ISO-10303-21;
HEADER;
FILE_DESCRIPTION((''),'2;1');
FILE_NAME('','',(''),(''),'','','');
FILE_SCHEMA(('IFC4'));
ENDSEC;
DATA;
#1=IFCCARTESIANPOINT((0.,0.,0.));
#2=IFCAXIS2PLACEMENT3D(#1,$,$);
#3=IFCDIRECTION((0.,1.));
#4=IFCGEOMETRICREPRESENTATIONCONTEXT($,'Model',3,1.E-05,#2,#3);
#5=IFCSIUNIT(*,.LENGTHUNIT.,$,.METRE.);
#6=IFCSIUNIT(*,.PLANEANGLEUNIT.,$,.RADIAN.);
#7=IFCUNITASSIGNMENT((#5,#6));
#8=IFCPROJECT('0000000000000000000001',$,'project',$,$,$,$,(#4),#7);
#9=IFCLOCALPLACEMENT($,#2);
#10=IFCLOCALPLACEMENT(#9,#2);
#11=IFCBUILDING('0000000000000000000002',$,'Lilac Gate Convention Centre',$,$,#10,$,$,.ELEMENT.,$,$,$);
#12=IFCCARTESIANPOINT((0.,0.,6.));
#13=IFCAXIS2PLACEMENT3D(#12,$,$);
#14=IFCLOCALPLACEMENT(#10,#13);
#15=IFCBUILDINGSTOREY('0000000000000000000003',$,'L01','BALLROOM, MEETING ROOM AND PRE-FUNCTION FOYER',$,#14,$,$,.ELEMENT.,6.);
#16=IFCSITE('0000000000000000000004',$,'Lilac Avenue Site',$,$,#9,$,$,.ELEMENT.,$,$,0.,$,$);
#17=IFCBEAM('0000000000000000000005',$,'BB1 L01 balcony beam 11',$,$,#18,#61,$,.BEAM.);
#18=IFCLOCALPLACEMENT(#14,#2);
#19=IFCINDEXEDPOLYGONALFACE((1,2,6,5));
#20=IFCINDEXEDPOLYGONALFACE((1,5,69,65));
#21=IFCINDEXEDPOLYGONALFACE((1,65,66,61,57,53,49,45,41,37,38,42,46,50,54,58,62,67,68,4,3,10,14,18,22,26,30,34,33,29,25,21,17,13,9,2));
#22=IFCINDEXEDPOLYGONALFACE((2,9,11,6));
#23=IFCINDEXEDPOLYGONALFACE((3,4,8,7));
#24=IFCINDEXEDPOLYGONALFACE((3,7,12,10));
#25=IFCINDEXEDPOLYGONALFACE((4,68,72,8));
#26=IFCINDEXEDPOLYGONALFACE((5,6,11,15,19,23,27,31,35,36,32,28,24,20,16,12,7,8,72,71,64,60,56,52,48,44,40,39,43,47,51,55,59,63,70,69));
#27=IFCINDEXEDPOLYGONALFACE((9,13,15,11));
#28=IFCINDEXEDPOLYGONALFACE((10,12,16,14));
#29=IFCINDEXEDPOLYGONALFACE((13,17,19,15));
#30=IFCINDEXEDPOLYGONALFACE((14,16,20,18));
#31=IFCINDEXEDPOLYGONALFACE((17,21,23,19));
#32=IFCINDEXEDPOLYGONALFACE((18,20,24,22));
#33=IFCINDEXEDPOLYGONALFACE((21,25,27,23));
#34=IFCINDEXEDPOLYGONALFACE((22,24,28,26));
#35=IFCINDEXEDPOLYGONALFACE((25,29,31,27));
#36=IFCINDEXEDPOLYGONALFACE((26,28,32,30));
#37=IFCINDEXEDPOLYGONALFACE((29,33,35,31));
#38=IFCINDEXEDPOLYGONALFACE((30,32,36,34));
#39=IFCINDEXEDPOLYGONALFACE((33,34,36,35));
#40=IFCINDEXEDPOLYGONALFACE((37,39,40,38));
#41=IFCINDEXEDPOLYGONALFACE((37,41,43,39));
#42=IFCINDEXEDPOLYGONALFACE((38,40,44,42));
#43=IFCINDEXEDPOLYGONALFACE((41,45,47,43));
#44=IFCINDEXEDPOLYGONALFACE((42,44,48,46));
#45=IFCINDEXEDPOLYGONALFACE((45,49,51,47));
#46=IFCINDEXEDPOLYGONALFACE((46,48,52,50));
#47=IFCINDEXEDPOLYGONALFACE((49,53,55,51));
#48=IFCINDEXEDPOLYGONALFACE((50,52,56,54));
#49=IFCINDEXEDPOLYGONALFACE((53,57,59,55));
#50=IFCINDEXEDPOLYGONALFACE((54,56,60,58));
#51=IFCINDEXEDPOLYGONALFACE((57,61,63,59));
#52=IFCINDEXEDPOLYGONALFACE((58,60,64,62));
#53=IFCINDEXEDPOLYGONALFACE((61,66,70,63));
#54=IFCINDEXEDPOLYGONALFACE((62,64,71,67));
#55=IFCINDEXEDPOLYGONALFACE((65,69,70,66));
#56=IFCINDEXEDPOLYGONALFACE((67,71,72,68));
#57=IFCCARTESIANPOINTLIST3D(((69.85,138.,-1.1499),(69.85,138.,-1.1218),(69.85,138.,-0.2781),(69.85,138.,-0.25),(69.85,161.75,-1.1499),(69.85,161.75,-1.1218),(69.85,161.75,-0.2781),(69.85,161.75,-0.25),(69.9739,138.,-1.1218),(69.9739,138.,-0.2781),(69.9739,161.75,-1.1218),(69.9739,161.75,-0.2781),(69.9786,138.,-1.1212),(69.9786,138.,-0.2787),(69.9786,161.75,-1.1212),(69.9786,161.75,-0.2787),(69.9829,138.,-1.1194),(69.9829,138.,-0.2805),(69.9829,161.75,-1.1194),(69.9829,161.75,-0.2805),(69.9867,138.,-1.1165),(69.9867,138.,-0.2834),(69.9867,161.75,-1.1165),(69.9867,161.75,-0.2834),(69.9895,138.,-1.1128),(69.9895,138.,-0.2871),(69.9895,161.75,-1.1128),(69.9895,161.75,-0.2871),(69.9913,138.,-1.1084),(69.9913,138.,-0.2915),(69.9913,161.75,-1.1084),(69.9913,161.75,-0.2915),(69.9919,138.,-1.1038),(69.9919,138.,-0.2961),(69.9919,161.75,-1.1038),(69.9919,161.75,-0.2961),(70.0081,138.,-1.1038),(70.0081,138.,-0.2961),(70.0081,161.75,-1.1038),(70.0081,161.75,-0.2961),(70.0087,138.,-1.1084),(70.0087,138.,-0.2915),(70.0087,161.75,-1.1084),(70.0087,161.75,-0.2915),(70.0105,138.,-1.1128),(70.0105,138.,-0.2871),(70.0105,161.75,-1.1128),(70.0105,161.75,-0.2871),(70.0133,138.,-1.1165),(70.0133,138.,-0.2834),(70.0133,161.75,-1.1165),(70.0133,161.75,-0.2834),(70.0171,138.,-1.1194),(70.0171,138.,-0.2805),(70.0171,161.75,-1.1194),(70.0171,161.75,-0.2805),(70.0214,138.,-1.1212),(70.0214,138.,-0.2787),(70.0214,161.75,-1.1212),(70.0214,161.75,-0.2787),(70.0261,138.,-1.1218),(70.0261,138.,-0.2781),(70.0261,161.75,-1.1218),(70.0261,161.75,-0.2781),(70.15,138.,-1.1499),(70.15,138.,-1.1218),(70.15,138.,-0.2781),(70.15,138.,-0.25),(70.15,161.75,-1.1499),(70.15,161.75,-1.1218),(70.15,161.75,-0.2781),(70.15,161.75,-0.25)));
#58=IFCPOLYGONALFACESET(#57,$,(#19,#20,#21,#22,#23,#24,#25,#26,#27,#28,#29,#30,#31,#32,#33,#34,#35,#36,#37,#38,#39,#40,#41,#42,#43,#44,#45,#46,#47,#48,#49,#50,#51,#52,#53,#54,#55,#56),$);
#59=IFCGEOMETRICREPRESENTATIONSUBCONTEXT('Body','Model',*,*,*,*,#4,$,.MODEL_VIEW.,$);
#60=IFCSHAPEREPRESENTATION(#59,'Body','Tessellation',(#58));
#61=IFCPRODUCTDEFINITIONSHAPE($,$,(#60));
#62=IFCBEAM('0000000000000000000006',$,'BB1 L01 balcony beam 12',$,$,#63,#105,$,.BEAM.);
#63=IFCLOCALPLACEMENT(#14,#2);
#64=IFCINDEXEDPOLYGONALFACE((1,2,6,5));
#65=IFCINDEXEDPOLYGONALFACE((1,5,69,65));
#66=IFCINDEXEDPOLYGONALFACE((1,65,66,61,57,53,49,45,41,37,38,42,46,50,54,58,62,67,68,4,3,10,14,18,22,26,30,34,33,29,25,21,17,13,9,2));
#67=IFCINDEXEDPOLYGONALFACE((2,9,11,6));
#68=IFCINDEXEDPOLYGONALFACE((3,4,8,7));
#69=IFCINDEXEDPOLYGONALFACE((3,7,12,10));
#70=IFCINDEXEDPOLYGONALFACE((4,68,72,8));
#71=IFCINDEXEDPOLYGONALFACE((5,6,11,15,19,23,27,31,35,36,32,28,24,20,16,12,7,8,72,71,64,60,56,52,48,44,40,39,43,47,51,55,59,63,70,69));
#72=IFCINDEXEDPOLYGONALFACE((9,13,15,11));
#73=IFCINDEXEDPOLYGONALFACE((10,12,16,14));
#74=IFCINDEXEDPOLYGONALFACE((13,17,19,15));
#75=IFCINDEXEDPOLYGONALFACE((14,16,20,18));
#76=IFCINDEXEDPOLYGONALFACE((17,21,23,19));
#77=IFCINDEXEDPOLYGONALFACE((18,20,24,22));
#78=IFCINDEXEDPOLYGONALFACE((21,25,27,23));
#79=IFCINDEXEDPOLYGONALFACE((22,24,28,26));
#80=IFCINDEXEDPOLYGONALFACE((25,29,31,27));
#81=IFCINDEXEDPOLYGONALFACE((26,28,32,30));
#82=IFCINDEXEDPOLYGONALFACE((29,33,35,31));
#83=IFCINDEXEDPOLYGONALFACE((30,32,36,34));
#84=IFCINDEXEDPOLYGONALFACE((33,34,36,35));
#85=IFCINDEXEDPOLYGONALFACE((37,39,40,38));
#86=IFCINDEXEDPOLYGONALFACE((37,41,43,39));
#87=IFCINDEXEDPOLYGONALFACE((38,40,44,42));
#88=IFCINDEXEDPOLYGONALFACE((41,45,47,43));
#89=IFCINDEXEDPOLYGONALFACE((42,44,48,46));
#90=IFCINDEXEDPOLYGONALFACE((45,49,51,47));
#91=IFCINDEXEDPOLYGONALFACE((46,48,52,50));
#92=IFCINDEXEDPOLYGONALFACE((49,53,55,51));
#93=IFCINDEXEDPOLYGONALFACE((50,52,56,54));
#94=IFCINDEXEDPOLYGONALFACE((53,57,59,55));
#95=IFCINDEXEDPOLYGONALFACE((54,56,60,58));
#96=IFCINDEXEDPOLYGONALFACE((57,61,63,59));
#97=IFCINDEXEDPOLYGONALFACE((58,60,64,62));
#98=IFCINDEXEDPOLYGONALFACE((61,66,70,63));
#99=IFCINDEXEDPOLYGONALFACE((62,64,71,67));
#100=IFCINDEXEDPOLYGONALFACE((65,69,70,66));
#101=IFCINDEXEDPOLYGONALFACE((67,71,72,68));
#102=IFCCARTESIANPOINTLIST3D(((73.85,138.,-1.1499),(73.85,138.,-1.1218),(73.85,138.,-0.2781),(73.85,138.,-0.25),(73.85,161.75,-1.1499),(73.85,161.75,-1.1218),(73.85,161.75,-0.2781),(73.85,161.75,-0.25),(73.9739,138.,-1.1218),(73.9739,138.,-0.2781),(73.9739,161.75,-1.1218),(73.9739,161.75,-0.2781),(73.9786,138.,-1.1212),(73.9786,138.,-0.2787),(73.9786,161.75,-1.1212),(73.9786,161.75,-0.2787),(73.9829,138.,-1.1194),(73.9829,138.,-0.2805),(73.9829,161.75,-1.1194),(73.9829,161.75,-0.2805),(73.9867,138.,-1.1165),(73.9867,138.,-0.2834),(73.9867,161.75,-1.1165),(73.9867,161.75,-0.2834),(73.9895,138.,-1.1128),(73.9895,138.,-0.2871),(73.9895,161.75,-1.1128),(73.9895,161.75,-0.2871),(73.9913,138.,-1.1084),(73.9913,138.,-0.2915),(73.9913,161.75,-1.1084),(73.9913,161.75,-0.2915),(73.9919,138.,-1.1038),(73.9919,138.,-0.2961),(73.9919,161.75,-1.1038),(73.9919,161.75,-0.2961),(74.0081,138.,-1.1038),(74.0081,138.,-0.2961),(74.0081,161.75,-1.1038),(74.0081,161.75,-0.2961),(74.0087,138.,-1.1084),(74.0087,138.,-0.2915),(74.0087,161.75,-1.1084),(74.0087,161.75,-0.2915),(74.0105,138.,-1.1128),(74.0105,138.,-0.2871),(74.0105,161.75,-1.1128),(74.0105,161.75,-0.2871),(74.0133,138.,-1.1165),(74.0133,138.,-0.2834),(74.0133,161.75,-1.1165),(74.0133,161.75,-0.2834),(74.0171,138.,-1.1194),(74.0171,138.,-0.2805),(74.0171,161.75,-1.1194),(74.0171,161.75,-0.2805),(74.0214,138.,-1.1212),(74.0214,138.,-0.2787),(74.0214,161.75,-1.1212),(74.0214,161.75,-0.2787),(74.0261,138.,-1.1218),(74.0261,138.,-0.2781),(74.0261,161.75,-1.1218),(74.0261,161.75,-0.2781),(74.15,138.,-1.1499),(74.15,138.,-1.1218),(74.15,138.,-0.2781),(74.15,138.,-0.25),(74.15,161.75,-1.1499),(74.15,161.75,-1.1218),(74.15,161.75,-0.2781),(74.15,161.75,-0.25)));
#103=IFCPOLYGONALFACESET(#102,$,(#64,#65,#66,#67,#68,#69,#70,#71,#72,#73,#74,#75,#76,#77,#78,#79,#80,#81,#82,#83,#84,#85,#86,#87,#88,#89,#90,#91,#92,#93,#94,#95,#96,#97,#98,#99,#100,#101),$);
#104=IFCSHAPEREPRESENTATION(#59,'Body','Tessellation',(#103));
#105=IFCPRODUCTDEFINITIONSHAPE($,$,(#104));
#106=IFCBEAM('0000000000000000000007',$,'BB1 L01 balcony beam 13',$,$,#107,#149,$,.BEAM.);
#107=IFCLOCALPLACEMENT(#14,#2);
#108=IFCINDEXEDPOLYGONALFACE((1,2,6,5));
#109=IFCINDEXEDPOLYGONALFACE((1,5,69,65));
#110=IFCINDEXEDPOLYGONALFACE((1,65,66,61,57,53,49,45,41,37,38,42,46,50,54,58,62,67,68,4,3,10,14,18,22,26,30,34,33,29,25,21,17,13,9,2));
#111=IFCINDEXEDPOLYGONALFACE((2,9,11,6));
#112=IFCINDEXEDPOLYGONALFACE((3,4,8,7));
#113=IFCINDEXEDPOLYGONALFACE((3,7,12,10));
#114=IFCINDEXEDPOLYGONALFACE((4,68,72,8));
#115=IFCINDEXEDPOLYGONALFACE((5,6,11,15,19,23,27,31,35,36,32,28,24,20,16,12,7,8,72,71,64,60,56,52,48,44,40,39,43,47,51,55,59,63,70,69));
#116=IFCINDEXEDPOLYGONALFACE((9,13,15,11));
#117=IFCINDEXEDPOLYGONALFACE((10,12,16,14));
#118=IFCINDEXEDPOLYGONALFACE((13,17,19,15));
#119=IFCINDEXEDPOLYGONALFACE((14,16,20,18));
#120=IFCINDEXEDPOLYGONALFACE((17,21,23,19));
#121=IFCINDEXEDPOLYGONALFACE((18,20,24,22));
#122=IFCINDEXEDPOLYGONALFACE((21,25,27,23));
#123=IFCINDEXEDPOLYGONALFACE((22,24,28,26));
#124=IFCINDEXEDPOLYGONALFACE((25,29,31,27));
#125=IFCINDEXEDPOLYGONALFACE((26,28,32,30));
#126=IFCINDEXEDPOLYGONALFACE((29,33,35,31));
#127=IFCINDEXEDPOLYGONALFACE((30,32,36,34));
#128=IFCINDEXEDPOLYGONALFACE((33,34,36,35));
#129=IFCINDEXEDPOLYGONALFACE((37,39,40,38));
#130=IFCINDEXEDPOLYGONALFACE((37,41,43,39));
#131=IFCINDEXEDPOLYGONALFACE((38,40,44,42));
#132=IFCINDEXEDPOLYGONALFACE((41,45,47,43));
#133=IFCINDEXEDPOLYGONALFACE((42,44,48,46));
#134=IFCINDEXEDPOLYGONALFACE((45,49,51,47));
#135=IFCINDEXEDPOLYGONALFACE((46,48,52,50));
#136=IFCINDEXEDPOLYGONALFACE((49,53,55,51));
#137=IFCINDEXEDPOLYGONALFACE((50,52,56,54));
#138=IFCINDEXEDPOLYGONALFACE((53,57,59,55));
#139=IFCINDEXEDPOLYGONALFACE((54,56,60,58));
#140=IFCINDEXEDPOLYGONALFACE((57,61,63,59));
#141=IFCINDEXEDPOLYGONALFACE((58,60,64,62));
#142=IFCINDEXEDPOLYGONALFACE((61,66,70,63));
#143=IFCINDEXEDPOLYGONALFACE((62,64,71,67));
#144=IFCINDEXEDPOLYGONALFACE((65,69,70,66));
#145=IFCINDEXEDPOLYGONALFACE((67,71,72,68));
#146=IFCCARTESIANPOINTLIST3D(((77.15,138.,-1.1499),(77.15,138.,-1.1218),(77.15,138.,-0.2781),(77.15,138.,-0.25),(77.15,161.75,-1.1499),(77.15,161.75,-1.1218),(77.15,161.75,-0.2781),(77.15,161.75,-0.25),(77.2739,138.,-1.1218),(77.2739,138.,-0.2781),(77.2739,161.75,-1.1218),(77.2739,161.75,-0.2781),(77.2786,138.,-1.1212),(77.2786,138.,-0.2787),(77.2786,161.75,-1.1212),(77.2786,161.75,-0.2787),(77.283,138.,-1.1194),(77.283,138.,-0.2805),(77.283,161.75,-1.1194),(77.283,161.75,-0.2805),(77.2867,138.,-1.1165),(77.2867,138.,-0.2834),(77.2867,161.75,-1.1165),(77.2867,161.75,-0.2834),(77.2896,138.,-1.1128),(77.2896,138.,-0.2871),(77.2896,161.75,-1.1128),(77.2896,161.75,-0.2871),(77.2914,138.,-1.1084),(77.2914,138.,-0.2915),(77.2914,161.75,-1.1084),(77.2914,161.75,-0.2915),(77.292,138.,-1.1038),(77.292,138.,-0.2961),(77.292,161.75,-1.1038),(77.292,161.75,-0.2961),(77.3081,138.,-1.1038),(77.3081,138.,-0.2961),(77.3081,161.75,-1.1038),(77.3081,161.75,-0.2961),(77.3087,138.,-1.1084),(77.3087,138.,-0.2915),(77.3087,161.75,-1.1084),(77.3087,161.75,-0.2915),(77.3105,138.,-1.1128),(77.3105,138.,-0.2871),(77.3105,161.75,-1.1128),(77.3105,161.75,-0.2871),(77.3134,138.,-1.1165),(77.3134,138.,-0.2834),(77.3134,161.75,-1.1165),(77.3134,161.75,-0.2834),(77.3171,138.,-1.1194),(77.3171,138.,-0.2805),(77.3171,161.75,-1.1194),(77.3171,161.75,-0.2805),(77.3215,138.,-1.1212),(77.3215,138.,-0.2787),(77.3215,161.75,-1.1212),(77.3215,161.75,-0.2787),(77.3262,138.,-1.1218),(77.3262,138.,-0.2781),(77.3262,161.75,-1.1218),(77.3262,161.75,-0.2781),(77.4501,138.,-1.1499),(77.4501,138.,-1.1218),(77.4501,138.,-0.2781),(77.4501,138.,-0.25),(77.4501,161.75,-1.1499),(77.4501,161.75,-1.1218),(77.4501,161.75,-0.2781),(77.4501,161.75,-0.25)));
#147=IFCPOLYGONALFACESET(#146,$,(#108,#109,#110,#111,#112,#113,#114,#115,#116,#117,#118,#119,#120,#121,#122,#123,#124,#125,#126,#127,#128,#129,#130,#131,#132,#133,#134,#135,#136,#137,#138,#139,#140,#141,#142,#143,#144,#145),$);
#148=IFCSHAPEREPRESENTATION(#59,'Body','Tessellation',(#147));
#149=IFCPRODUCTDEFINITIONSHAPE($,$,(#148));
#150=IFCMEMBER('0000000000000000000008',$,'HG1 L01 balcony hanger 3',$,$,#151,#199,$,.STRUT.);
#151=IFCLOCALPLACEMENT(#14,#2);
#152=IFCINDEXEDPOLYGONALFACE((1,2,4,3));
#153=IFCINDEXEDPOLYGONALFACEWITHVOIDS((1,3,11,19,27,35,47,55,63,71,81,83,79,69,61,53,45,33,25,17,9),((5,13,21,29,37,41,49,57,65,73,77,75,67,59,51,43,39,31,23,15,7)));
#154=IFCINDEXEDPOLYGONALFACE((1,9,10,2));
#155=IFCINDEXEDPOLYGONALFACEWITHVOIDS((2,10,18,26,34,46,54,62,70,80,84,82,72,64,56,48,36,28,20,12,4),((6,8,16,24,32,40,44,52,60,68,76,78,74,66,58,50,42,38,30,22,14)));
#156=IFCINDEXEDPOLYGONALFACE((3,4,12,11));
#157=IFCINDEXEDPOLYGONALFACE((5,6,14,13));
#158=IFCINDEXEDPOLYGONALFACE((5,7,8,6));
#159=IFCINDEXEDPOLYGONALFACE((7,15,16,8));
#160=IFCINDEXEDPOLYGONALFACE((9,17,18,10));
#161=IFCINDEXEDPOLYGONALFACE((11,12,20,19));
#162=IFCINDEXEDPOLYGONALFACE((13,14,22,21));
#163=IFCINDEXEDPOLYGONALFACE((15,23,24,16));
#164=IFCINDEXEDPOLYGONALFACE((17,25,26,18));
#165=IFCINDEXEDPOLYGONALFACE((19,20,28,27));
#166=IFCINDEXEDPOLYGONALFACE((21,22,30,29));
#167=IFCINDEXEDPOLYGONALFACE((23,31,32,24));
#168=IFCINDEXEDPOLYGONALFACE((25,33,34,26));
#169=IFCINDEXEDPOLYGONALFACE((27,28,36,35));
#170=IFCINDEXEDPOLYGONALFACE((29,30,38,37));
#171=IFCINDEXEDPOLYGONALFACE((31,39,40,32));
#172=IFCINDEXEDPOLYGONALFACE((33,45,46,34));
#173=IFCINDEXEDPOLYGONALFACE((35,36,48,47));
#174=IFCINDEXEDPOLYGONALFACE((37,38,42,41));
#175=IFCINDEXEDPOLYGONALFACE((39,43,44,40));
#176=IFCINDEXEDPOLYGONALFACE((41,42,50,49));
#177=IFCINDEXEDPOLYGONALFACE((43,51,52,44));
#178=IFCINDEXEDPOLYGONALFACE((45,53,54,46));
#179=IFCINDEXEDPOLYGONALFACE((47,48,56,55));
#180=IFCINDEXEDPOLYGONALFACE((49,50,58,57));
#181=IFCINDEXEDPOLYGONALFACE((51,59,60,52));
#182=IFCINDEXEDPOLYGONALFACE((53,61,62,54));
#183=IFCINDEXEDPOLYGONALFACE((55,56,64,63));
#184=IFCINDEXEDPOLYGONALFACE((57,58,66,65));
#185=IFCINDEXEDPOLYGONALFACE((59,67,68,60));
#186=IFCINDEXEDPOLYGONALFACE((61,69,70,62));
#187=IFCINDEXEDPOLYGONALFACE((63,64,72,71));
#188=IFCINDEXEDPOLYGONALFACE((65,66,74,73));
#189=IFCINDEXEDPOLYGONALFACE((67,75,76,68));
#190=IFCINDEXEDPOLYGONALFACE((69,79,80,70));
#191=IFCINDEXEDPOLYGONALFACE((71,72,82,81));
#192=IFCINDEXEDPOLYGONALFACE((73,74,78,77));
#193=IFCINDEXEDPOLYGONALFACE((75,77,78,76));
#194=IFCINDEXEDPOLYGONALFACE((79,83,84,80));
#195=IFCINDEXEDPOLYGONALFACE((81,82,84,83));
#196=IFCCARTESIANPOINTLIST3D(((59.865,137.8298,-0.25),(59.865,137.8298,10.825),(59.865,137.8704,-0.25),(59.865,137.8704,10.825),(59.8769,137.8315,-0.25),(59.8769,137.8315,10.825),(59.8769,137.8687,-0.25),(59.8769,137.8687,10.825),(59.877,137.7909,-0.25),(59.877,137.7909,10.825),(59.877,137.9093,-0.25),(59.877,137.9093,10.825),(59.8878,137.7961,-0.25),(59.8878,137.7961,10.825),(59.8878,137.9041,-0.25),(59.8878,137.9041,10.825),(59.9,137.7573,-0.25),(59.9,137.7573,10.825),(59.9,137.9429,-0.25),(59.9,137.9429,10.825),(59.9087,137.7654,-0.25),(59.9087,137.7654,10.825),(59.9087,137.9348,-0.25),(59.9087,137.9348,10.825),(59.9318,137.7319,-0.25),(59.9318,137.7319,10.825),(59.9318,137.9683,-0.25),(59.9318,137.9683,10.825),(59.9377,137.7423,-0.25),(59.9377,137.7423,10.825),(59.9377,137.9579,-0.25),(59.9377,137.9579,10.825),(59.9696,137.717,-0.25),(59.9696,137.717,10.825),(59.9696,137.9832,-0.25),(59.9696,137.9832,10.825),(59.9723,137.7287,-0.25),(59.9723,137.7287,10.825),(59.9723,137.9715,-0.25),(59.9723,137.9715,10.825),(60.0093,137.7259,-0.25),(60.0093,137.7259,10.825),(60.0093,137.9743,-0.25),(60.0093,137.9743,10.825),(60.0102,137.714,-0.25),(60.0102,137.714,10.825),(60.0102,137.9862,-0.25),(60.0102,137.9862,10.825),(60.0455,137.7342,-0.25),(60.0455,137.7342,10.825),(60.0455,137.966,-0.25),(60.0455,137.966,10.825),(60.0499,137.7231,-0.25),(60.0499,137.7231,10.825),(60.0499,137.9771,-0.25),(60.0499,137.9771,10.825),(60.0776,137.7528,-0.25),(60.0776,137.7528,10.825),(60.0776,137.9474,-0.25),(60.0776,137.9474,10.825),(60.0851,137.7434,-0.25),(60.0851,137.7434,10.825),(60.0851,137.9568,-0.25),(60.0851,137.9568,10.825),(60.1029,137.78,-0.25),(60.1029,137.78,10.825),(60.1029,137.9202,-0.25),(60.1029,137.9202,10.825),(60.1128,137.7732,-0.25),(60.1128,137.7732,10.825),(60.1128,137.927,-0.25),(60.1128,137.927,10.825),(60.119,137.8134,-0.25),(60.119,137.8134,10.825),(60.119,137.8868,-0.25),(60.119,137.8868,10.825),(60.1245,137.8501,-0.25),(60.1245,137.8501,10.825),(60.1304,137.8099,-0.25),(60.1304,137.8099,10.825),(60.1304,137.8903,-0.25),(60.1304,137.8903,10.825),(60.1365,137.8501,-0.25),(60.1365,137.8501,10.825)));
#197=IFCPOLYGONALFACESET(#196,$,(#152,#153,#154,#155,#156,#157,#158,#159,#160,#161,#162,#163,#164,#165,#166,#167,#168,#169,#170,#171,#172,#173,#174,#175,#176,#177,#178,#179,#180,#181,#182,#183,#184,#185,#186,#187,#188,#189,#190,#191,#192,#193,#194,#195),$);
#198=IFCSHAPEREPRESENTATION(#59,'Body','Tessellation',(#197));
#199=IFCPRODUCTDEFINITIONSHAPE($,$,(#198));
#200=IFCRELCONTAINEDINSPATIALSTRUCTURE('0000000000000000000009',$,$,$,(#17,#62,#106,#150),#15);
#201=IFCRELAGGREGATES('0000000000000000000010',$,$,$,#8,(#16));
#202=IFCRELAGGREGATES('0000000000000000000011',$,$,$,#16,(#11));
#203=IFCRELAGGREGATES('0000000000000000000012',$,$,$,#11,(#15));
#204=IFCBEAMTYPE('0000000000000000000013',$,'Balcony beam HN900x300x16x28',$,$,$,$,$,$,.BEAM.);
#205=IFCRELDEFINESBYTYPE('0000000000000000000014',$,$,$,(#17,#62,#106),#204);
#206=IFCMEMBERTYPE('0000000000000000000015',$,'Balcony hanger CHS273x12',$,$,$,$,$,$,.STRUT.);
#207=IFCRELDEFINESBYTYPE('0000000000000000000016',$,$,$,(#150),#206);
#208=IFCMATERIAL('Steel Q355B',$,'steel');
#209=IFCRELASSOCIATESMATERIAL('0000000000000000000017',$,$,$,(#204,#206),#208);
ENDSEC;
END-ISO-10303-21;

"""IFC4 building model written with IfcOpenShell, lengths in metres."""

from ifc_helpers import new_model, si_unit, direction, frame, origin, origin_2d, place, context, subcontext, project, spatial, hollow_circle, i_section, extrude, material, material_profile, profile_set, type_object, element, save


model = new_model("IFC4")

# Units and contexts
model_context = context("Model", 3, precision=1e-05, world=origin(), true_north=direction((0.0, 1.0)))
body_context = subcontext(model_context, "Body", "Model", "MODEL_VIEW")
ifc_project = project(units=[si_unit("LENGTHUNIT", "METRE"), si_unit("PLANEANGLEUNIT", "RADIAN")], contexts=[model_context])

# Site, building, storey
site_placement = place(None, origin())
site = spatial("IfcSite", under=ifc_project, at=site_placement, Name="Lilac Avenue Site", CompositionType="ELEMENT", RefElevation=0.0)
building_placement = place(site_placement, origin())
building = spatial("IfcBuilding", under=site, at=building_placement, Name="Lilac Gate Convention Centre", CompositionType="ELEMENT")
storey_placement = place(building_placement, frame((0.0, 0.0, 6.0)))
storey = spatial("IfcBuildingStorey", under=building, at=storey_placement, Name="L01", Description="BALLROOM, MEETING ROOM AND PRE-FUNCTION FOYER", CompositionType="ELEMENT", Elevation=6.0)

# Beams
ifc_material_1 = material(Name="Steel Q355B", Category="steel")
ifc_material_profile_1 = material_profile(ifc_material_1, i_section(OverallWidth=0.3, OverallDepth=0.8999, WebThickness=0.0161, FlangeThickness=0.0281, FilletRadius=0.0181, at=origin_2d()), Name="HN900x300x16x28")
ifc_profile_set_1 = profile_set([ifc_material_profile_1], Name="Steel Q355B")
beam_type_1 = type_object("IfcBeamType", Name="Balcony beam HN900x300x16x28", PredefinedType="BEAM", material=ifc_profile_set_1)
for number, where, z_axis, x_axis, name in (
    (1, (70.0, 138.0, -0.7), (0.0, 1.0, 0.0), (-1.0, 0.0, 0.0), "BB1 L01 balcony beam 11"),
    (2, (74.0, 138.0, -0.7), (0.0, 1.0, 0.0), (-1.0, 0.0, 0.0), "BB1 L01 balcony beam 12"),
    (3, (77.3, 138.0, -0.7), (0.0, 1.0, 0.0), (-1.0, 0.0, 0.0), "BB1 L01 balcony beam 13"),
):
    element("IfcBeam", number, at=place(storey_placement, frame(where, z_axis=z_axis, x_axis=x_axis)), inside=storey, type_object=beam_type_1, Name=name, PredefinedType="BEAM", context=body_context, shape_type="SweptSolid", body=[
        extrude(i_section(OverallWidth=0.3, OverallDepth=0.8999, WebThickness=0.0161, FlangeThickness=0.0281, FilletRadius=0.0181, at=origin_2d()), origin(), (0.0, 0.0, 1.0), 23.75),
    ])

# Member
ifc_material_profile_2 = material_profile(ifc_material_1, hollow_circle(Radius=0.1365, WallThickness=0.012, at=origin_2d()), Name="CHS273x12")
ifc_profile_set_2 = profile_set([ifc_material_profile_2], Name="Steel Q355B")
member_type = type_object("IfcMemberType", Name="Balcony hanger CHS273x12", PredefinedType="STRUT", material=ifc_profile_set_2)
for number, where, z_axis, x_axis, name in (
    (4, (60.0, 137.8501, -0.25), (0.0, 0.0, 1.0), (1.0, 0.0, 0.0), "HG1 L01 balcony hanger 3"),
):
    element("IfcMember", number, at=place(storey_placement, frame(where, z_axis=z_axis, x_axis=x_axis)), inside=storey, type_object=member_type, Name=name, PredefinedType="STRUT", context=body_context, shape_type="SweptSolid", body=[
        extrude(hollow_circle(Radius=0.1365, WallThickness=0.012, at=origin_2d()), origin(), (0.0, 0.0, 1.0), 11.075),
    ])

save(model, "model.ifc")
